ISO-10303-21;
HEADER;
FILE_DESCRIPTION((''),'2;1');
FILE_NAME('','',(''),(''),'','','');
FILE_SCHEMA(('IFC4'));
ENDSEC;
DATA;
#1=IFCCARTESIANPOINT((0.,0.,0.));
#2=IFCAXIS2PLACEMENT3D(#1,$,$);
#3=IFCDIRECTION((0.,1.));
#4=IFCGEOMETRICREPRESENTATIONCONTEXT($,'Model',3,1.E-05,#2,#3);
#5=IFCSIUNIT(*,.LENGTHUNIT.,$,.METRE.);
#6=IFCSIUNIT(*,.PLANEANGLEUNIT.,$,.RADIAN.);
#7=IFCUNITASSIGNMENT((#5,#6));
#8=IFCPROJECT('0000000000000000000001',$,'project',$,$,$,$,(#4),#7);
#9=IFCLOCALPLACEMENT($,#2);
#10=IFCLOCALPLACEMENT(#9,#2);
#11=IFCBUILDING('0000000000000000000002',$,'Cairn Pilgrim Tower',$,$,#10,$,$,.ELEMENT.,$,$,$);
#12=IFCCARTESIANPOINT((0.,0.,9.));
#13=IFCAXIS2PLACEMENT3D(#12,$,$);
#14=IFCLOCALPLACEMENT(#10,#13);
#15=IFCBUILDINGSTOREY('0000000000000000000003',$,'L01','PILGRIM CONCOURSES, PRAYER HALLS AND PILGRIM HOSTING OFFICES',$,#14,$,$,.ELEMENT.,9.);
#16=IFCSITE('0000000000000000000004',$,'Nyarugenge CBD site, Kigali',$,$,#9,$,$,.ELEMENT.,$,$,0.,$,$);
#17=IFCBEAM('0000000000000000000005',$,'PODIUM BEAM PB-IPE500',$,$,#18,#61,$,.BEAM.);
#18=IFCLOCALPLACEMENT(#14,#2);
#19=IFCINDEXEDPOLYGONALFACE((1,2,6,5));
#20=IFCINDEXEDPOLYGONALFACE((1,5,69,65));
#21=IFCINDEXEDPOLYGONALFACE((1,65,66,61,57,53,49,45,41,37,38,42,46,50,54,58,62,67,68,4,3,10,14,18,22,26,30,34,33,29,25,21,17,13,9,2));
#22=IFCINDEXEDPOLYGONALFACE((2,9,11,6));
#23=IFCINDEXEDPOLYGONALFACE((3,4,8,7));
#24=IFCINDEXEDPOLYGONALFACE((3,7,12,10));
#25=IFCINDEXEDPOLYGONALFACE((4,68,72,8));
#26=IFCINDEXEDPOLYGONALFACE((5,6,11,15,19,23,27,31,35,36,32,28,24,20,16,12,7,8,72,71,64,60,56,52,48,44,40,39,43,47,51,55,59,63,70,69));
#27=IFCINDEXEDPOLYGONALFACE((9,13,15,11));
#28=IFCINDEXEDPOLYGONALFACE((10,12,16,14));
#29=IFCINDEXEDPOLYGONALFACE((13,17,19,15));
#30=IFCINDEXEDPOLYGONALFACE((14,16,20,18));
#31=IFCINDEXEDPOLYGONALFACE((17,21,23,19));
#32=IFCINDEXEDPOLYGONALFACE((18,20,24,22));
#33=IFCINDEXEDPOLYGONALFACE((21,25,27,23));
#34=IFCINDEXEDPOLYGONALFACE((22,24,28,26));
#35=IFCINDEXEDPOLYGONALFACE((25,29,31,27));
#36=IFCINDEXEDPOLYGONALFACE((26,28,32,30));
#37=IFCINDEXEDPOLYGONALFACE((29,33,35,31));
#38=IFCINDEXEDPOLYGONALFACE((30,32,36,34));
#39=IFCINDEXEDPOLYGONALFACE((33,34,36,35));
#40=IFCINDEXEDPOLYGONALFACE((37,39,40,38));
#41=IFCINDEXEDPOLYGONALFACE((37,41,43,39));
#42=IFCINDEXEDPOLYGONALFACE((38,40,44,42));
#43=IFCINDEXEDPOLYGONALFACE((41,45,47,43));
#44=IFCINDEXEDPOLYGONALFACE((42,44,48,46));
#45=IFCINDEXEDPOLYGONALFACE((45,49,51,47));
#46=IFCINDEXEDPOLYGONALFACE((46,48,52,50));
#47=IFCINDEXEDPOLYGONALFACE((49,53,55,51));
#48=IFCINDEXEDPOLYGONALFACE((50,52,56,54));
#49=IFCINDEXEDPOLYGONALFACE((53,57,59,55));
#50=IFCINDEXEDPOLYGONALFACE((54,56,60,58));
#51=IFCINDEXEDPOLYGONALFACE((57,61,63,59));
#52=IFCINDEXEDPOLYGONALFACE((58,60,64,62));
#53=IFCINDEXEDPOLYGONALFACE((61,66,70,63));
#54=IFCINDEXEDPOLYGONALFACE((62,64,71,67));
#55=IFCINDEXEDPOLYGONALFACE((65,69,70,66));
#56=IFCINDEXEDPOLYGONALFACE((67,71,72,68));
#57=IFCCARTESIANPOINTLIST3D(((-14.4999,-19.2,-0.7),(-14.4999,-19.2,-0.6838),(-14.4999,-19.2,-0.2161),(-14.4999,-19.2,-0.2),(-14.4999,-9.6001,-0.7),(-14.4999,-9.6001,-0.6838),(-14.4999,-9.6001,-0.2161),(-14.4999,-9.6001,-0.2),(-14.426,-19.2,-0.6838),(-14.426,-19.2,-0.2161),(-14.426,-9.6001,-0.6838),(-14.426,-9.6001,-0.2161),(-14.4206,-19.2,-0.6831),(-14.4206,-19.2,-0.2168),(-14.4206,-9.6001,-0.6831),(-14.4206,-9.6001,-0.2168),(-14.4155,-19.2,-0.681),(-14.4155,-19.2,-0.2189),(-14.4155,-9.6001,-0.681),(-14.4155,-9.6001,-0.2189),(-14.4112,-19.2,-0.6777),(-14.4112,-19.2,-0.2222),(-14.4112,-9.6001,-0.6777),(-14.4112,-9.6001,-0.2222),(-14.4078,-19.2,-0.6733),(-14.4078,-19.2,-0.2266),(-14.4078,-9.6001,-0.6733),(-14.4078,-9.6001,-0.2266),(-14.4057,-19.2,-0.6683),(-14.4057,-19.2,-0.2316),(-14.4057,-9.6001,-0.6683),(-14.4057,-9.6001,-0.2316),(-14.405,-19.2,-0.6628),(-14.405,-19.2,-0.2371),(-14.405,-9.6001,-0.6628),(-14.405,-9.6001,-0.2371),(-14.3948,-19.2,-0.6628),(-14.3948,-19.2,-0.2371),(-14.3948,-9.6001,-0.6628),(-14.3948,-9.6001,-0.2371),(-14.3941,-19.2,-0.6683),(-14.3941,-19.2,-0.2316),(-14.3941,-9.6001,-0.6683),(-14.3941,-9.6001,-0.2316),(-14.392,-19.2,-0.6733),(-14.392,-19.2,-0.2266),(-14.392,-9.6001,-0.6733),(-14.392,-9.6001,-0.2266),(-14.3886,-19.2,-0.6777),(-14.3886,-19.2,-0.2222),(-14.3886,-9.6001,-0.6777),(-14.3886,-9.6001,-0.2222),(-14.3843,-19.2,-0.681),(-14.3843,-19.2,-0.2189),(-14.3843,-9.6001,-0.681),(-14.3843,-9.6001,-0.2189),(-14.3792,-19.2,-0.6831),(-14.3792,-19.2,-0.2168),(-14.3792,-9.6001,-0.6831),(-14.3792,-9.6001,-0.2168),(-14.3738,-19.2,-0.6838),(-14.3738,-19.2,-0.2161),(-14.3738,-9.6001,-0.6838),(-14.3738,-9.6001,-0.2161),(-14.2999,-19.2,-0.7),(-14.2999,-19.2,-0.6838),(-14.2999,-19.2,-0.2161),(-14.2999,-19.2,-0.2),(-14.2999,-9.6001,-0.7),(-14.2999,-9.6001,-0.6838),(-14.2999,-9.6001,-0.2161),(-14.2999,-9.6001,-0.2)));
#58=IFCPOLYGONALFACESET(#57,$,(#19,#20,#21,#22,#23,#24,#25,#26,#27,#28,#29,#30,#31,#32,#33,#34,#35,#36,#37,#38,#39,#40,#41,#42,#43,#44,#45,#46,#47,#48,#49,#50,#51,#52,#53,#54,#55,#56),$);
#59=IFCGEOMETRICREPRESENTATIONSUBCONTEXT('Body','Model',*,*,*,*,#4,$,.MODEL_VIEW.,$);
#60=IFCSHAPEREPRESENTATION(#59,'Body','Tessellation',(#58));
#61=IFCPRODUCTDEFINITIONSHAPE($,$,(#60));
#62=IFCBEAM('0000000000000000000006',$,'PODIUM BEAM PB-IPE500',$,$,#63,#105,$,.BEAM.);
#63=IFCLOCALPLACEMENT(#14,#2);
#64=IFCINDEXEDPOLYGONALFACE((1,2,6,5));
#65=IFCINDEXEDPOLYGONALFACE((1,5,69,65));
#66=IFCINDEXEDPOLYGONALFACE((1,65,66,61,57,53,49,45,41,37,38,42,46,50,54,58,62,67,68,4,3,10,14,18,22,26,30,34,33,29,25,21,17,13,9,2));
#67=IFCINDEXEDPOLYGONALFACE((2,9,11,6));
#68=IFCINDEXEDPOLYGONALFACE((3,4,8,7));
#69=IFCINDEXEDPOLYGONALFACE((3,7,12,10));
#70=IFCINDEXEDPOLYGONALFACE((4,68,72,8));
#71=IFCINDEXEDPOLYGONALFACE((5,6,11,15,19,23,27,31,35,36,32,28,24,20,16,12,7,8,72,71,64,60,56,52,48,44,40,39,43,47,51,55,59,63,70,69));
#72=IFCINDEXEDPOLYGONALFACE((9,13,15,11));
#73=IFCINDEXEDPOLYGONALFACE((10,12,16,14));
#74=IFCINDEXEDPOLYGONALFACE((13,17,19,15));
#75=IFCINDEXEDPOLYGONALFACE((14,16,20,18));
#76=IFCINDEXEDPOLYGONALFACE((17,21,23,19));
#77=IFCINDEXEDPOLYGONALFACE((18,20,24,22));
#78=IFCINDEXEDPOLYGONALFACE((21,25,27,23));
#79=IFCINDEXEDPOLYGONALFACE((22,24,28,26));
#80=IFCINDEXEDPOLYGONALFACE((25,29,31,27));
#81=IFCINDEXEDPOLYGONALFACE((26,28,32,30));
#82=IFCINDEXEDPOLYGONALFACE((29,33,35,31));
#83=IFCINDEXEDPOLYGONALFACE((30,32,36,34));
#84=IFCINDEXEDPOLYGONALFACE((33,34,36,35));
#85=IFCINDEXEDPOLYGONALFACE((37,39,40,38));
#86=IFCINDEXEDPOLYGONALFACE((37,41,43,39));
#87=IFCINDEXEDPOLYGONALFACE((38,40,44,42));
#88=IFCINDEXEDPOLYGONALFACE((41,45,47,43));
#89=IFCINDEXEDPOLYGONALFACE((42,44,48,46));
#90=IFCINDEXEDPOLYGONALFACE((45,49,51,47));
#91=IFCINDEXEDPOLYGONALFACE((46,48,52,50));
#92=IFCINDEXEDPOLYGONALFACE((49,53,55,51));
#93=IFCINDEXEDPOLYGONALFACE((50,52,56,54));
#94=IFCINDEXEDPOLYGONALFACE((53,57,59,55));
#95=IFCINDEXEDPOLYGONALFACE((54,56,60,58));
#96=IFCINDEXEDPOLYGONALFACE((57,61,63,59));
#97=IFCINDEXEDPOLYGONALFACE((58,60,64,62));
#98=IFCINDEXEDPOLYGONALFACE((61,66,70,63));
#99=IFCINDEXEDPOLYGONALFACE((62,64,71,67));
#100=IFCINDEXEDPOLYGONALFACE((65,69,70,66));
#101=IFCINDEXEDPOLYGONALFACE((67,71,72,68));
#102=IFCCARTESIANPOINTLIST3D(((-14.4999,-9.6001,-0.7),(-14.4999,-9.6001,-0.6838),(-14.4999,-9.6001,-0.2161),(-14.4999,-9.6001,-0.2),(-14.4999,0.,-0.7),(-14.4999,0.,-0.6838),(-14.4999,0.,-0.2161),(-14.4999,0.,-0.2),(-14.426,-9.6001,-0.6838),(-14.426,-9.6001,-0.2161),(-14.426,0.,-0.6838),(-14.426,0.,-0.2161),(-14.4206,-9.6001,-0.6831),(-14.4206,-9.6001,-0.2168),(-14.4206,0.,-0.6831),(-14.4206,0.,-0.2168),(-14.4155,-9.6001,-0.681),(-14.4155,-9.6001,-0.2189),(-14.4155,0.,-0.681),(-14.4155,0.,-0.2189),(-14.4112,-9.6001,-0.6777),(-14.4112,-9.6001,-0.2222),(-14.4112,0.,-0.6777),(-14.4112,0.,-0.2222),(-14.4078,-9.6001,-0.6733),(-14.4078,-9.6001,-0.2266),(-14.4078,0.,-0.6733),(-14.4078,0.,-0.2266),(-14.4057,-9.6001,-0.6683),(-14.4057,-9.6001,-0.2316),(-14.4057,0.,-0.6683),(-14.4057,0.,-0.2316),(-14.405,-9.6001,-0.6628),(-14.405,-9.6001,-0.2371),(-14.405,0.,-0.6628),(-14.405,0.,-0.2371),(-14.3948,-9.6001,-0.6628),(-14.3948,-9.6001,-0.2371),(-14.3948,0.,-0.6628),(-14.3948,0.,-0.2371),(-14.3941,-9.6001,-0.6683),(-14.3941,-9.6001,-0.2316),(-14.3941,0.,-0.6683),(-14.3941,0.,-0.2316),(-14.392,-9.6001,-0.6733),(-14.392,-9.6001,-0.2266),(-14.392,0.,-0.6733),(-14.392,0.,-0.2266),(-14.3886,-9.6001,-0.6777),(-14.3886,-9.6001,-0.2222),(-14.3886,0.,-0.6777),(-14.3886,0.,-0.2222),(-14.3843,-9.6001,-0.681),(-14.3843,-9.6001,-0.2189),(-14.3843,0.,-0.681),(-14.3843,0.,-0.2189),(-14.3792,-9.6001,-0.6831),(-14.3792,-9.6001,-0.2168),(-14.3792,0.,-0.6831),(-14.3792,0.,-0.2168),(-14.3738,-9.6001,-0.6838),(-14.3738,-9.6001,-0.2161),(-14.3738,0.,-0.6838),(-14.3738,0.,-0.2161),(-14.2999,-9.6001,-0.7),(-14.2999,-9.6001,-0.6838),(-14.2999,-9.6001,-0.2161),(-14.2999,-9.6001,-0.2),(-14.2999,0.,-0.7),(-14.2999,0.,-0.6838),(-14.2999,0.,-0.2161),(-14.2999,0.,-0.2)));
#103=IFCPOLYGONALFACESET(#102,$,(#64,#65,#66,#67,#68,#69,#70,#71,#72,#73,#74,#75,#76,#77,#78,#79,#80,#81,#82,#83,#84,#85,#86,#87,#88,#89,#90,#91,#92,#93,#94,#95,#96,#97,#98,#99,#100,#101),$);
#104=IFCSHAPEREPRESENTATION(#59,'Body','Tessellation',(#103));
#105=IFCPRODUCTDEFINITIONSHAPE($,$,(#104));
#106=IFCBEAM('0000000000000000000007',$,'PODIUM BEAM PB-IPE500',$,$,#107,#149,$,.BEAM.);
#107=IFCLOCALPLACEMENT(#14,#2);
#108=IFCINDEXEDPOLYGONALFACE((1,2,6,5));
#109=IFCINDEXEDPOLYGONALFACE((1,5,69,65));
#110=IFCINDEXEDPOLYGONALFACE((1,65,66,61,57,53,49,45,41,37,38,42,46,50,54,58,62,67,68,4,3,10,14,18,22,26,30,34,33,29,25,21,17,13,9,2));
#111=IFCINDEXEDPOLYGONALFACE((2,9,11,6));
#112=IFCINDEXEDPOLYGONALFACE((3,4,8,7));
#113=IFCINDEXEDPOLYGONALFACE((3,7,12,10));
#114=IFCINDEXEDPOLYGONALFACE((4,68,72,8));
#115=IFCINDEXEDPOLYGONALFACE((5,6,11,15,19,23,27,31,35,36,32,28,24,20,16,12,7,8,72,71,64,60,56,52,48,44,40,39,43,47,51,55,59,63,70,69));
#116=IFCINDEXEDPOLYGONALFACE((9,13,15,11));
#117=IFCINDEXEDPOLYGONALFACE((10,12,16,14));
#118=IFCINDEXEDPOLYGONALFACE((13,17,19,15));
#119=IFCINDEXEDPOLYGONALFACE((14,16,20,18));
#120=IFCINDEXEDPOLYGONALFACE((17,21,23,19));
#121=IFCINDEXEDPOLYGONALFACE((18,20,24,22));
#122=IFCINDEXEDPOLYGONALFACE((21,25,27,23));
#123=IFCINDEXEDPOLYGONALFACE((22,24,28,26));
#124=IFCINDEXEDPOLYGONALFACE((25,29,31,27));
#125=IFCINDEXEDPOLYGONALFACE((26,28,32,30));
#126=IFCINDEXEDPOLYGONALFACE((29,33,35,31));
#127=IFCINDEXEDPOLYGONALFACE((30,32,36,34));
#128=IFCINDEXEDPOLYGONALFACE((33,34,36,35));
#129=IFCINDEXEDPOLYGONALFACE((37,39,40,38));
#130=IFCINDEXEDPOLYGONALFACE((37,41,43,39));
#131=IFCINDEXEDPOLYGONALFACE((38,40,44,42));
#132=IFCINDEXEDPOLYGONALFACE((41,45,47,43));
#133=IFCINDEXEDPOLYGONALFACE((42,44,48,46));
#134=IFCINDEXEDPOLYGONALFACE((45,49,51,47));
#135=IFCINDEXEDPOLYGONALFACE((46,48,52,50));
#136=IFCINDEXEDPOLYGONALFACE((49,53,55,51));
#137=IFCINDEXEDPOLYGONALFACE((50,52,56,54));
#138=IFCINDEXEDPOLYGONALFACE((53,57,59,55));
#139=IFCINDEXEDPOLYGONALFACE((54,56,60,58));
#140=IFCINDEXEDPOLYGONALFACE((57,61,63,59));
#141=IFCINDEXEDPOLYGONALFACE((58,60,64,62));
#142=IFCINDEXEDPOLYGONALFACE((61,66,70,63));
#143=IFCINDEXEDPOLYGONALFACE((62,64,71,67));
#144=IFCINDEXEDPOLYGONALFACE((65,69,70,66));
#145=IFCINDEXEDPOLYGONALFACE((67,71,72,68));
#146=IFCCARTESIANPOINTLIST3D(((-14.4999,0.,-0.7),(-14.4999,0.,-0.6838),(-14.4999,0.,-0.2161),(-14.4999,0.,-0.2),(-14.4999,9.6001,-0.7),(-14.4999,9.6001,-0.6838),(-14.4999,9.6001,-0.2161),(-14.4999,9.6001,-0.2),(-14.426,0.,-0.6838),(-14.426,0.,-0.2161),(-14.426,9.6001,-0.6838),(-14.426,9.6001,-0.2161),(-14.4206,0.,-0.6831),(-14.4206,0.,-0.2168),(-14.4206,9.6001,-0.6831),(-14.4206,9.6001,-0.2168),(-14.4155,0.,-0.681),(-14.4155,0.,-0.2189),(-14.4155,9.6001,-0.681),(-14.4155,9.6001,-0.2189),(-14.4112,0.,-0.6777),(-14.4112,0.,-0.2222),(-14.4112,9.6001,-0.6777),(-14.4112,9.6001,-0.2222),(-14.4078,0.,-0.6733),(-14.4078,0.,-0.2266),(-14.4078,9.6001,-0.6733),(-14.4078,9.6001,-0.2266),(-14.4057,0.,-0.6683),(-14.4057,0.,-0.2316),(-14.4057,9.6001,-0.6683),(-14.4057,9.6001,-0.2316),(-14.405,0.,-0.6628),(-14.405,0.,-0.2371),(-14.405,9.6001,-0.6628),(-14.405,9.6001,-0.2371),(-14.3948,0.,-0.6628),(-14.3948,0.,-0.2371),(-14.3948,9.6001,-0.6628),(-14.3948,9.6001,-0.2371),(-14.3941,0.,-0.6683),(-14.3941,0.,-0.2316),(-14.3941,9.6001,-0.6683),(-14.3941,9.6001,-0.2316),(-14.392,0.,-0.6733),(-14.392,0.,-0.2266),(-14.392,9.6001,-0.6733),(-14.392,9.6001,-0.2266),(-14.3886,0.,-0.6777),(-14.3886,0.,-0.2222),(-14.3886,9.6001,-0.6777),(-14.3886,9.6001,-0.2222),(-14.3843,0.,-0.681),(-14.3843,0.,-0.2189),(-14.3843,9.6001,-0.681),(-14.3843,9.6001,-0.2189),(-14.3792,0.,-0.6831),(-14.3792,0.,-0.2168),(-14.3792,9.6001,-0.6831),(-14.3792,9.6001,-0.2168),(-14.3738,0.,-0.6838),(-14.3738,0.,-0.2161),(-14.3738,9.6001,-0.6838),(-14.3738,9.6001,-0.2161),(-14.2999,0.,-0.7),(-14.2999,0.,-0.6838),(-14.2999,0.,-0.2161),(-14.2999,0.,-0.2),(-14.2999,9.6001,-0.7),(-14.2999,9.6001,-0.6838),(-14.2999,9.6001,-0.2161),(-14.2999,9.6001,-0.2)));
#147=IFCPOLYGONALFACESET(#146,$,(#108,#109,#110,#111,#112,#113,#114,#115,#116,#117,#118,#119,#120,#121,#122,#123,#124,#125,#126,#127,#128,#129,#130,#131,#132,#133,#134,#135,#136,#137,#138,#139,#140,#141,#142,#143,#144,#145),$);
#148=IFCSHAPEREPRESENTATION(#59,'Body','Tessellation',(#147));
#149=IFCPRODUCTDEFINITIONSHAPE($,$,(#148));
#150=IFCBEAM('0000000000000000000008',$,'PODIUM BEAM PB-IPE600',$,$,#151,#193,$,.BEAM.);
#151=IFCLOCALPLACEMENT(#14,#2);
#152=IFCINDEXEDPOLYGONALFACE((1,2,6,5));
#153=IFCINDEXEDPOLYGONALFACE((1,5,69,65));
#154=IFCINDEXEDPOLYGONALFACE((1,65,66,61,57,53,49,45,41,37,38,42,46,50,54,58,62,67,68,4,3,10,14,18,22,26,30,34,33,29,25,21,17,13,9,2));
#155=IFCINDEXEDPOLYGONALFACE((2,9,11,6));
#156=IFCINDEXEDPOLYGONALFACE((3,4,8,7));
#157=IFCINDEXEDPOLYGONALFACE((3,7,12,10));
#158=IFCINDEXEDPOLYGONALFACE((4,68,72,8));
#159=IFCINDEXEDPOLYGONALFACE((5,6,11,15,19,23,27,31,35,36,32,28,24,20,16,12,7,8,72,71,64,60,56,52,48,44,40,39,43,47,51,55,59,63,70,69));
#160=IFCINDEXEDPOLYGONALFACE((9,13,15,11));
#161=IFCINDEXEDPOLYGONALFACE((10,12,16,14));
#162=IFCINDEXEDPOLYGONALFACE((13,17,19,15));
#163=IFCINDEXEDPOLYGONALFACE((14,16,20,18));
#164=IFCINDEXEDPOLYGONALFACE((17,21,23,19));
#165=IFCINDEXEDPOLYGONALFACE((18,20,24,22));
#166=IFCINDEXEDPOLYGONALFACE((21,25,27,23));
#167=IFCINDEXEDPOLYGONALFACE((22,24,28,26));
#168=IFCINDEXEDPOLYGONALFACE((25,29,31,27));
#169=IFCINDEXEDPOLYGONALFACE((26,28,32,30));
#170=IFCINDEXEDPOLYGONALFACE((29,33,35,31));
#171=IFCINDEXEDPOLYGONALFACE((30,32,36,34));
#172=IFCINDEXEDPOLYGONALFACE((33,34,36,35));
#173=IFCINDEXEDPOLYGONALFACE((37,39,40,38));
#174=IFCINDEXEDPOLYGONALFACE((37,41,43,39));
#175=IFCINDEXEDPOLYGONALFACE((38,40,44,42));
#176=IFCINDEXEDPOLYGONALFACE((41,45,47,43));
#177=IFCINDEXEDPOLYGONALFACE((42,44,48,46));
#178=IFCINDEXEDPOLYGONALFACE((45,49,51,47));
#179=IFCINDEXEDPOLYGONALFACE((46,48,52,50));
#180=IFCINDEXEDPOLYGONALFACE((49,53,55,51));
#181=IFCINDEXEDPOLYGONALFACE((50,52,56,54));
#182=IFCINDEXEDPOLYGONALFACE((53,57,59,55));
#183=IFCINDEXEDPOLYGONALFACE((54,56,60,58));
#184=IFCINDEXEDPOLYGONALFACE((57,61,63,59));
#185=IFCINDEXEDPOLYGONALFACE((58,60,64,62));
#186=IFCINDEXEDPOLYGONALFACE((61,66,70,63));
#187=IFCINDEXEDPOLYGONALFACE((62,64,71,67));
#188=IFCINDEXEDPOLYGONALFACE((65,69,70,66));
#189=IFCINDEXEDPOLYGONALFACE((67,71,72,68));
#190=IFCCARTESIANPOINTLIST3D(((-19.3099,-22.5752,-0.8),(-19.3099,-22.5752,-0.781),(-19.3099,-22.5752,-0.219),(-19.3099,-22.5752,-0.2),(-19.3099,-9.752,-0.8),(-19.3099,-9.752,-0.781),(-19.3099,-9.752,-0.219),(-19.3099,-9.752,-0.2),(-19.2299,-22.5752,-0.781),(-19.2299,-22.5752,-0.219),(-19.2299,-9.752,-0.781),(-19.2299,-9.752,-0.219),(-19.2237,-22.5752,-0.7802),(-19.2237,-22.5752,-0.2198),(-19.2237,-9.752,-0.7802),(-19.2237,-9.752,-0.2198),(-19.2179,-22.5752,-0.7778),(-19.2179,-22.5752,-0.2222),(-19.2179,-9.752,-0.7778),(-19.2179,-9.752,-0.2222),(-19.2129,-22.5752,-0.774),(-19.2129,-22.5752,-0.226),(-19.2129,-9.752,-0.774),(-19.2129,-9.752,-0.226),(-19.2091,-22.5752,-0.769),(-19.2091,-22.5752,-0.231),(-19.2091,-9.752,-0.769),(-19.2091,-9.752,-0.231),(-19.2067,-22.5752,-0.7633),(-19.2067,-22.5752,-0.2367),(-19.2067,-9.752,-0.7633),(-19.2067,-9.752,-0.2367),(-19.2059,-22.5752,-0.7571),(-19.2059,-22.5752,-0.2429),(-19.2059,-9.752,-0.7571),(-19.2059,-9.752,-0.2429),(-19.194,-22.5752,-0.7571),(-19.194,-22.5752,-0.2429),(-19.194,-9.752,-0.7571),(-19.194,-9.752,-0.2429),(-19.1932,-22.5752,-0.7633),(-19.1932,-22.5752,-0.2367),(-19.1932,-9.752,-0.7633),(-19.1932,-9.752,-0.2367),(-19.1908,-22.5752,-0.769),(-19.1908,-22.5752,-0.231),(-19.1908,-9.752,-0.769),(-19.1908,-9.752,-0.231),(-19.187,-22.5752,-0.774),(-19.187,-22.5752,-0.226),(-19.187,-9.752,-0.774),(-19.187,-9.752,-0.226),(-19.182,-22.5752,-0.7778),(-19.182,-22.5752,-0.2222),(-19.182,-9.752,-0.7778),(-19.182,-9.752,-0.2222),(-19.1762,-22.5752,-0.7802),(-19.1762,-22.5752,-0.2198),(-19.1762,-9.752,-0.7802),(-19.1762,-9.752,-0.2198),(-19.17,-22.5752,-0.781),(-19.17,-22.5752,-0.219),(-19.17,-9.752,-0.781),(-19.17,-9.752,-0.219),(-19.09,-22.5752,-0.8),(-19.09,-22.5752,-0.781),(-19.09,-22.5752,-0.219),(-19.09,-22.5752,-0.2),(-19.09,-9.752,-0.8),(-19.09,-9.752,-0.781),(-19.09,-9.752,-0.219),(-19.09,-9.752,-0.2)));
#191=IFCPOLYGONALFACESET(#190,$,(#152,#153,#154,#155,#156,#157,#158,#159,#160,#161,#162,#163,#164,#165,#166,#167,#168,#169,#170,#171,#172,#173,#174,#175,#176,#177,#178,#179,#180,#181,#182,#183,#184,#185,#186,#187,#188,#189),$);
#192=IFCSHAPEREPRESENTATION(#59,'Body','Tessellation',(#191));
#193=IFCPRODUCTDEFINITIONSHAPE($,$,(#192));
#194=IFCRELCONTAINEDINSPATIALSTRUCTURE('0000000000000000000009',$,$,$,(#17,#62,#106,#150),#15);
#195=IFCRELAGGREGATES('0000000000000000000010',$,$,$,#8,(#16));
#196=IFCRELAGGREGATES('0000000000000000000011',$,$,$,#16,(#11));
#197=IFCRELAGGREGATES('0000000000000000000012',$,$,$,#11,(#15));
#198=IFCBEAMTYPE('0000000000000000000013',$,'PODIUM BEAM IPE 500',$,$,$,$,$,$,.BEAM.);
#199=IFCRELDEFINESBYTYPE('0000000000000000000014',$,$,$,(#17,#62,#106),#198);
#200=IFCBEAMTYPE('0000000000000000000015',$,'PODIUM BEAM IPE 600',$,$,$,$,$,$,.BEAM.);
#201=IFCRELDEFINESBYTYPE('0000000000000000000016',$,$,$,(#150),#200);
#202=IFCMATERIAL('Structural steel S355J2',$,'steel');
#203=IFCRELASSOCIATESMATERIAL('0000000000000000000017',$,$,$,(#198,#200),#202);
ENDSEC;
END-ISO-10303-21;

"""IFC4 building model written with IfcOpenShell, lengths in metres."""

from ifc_helpers import new_model, si_unit, direction, frame, origin, origin_2d, place, context, subcontext, project, spatial, i_section, extrude, material, material_profile, profile_set, type_object, element, save


model = new_model("IFC4")

# Units and contexts
model_context = context("Model", 3, precision=1e-05, world=origin(), true_north=direction((0.0, 1.0)))
body_context = subcontext(model_context, "Body", "Model", "MODEL_VIEW")
ifc_project = project(units=[si_unit("LENGTHUNIT", "METRE"), si_unit("PLANEANGLEUNIT", "RADIAN")], contexts=[model_context])

# Site, building, storey
site_placement = place(None, origin())
site = spatial("IfcSite", under=ifc_project, at=site_placement, Name="Nyarugenge CBD site, Kigali", CompositionType="ELEMENT", RefElevation=0.0)
building_placement = place(site_placement, origin())
building = spatial("IfcBuilding", under=site, at=building_placement, Name="Cairn Pilgrim Tower", CompositionType="ELEMENT")
storey_placement = place(building_placement, frame((0.0, 0.0, 9.0)))
storey = spatial("IfcBuildingStorey", under=building, at=storey_placement, Name="L01", Description="PILGRIM CONCOURSES, PRAYER HALLS AND PILGRIM HOSTING OFFICES", CompositionType="ELEMENT", Elevation=9.0)

# Beams
ifc_material_1 = material(Name="Structural steel S355J2", Category="steel")
ifc_material_profile_1 = material_profile(ifc_material_1, i_section(OverallWidth=0.2, OverallDepth=0.5, WebThickness=0.0103, FlangeThickness=0.0161, FilletRadius=0.021, at=origin_2d()), Name="IPE 500")
ifc_profile_set_1 = profile_set([ifc_material_profile_1], Name="Structural steel S355J2")
beam_type_1 = type_object("IfcBeamType", Name="PODIUM BEAM IPE 500", PredefinedType="BEAM", material=ifc_profile_set_1)
beam_1_placement = place(storey_placement, frame((-14.3999, -19.2, -0.45), z_axis=(0.0, 1.0, 0.0), x_axis=(-1.0, 0.0, 0.0)))
element("IfcBeam", 1, at=beam_1_placement, inside=storey, type_object=beam_type_1, Name="PODIUM BEAM PB-IPE500", PredefinedType="BEAM", context=body_context, shape_type="SweptSolid", body=[
    extrude(i_section(OverallWidth=0.2, OverallDepth=0.5, WebThickness=0.0103, FlangeThickness=0.0161, FilletRadius=0.021, at=origin_2d()), origin(), (0.0, 0.0, 1.0), 9.5999),
])
for number, where, z_axis, x_axis, name in (
    (2, (-14.3999, -9.6001, -0.45), (0.0, 1.0, 0.0), (-1.0, 0.0, 0.0), "PODIUM BEAM PB-IPE500"),
    (3, (-14.3999, 0.0, -0.45), (0.0, 1.0, 0.0), (-1.0, 0.0, 0.0), "PODIUM BEAM PB-IPE500"),
):
    element("IfcBeam", number, at=place(storey_placement, frame(where, z_axis=z_axis, x_axis=x_axis)), inside=storey, type_object=beam_type_1, Name=name, PredefinedType="BEAM", context=body_context, shape_type="SweptSolid", body=[
        extrude(i_section(OverallWidth=0.2, OverallDepth=0.5, WebThickness=0.0103, FlangeThickness=0.0161, FilletRadius=0.021, at=origin_2d()), origin(), (0.0, 0.0, 1.0), 9.6001),
    ])
ifc_material_profile_2 = material_profile(ifc_material_1, i_section(OverallWidth=0.22, OverallDepth=0.6001, WebThickness=0.012, FlangeThickness=0.019, FilletRadius=0.0239, at=origin_2d()), Name="IPE 600")
ifc_profile_set_2 = profile_set([ifc_material_profile_2], Name="Structural steel S355J2")
beam_type_2 = type_object("IfcBeamType", Name="PODIUM BEAM IPE 600", PredefinedType="BEAM", material=ifc_profile_set_2)
beam_2_placement = place(storey_placement, frame((-19.2, -22.5752, -0.5), z_axis=(0.0, 1.0, 0.0), x_axis=(-1.0, 0.0, 0.0)))
element("IfcBeam", 4, at=beam_2_placement, inside=storey, type_object=beam_type_2, Name="PODIUM BEAM PB-IPE600", PredefinedType="BEAM", context=body_context, shape_type="SweptSolid", body=[
    extrude(i_section(OverallWidth=0.22, OverallDepth=0.6001, WebThickness=0.012, FlangeThickness=0.019, FilletRadius=0.0239, at=origin_2d()), origin(), (0.0, 0.0, 1.0), 12.8232),
])

save(model, "model.ifc")
